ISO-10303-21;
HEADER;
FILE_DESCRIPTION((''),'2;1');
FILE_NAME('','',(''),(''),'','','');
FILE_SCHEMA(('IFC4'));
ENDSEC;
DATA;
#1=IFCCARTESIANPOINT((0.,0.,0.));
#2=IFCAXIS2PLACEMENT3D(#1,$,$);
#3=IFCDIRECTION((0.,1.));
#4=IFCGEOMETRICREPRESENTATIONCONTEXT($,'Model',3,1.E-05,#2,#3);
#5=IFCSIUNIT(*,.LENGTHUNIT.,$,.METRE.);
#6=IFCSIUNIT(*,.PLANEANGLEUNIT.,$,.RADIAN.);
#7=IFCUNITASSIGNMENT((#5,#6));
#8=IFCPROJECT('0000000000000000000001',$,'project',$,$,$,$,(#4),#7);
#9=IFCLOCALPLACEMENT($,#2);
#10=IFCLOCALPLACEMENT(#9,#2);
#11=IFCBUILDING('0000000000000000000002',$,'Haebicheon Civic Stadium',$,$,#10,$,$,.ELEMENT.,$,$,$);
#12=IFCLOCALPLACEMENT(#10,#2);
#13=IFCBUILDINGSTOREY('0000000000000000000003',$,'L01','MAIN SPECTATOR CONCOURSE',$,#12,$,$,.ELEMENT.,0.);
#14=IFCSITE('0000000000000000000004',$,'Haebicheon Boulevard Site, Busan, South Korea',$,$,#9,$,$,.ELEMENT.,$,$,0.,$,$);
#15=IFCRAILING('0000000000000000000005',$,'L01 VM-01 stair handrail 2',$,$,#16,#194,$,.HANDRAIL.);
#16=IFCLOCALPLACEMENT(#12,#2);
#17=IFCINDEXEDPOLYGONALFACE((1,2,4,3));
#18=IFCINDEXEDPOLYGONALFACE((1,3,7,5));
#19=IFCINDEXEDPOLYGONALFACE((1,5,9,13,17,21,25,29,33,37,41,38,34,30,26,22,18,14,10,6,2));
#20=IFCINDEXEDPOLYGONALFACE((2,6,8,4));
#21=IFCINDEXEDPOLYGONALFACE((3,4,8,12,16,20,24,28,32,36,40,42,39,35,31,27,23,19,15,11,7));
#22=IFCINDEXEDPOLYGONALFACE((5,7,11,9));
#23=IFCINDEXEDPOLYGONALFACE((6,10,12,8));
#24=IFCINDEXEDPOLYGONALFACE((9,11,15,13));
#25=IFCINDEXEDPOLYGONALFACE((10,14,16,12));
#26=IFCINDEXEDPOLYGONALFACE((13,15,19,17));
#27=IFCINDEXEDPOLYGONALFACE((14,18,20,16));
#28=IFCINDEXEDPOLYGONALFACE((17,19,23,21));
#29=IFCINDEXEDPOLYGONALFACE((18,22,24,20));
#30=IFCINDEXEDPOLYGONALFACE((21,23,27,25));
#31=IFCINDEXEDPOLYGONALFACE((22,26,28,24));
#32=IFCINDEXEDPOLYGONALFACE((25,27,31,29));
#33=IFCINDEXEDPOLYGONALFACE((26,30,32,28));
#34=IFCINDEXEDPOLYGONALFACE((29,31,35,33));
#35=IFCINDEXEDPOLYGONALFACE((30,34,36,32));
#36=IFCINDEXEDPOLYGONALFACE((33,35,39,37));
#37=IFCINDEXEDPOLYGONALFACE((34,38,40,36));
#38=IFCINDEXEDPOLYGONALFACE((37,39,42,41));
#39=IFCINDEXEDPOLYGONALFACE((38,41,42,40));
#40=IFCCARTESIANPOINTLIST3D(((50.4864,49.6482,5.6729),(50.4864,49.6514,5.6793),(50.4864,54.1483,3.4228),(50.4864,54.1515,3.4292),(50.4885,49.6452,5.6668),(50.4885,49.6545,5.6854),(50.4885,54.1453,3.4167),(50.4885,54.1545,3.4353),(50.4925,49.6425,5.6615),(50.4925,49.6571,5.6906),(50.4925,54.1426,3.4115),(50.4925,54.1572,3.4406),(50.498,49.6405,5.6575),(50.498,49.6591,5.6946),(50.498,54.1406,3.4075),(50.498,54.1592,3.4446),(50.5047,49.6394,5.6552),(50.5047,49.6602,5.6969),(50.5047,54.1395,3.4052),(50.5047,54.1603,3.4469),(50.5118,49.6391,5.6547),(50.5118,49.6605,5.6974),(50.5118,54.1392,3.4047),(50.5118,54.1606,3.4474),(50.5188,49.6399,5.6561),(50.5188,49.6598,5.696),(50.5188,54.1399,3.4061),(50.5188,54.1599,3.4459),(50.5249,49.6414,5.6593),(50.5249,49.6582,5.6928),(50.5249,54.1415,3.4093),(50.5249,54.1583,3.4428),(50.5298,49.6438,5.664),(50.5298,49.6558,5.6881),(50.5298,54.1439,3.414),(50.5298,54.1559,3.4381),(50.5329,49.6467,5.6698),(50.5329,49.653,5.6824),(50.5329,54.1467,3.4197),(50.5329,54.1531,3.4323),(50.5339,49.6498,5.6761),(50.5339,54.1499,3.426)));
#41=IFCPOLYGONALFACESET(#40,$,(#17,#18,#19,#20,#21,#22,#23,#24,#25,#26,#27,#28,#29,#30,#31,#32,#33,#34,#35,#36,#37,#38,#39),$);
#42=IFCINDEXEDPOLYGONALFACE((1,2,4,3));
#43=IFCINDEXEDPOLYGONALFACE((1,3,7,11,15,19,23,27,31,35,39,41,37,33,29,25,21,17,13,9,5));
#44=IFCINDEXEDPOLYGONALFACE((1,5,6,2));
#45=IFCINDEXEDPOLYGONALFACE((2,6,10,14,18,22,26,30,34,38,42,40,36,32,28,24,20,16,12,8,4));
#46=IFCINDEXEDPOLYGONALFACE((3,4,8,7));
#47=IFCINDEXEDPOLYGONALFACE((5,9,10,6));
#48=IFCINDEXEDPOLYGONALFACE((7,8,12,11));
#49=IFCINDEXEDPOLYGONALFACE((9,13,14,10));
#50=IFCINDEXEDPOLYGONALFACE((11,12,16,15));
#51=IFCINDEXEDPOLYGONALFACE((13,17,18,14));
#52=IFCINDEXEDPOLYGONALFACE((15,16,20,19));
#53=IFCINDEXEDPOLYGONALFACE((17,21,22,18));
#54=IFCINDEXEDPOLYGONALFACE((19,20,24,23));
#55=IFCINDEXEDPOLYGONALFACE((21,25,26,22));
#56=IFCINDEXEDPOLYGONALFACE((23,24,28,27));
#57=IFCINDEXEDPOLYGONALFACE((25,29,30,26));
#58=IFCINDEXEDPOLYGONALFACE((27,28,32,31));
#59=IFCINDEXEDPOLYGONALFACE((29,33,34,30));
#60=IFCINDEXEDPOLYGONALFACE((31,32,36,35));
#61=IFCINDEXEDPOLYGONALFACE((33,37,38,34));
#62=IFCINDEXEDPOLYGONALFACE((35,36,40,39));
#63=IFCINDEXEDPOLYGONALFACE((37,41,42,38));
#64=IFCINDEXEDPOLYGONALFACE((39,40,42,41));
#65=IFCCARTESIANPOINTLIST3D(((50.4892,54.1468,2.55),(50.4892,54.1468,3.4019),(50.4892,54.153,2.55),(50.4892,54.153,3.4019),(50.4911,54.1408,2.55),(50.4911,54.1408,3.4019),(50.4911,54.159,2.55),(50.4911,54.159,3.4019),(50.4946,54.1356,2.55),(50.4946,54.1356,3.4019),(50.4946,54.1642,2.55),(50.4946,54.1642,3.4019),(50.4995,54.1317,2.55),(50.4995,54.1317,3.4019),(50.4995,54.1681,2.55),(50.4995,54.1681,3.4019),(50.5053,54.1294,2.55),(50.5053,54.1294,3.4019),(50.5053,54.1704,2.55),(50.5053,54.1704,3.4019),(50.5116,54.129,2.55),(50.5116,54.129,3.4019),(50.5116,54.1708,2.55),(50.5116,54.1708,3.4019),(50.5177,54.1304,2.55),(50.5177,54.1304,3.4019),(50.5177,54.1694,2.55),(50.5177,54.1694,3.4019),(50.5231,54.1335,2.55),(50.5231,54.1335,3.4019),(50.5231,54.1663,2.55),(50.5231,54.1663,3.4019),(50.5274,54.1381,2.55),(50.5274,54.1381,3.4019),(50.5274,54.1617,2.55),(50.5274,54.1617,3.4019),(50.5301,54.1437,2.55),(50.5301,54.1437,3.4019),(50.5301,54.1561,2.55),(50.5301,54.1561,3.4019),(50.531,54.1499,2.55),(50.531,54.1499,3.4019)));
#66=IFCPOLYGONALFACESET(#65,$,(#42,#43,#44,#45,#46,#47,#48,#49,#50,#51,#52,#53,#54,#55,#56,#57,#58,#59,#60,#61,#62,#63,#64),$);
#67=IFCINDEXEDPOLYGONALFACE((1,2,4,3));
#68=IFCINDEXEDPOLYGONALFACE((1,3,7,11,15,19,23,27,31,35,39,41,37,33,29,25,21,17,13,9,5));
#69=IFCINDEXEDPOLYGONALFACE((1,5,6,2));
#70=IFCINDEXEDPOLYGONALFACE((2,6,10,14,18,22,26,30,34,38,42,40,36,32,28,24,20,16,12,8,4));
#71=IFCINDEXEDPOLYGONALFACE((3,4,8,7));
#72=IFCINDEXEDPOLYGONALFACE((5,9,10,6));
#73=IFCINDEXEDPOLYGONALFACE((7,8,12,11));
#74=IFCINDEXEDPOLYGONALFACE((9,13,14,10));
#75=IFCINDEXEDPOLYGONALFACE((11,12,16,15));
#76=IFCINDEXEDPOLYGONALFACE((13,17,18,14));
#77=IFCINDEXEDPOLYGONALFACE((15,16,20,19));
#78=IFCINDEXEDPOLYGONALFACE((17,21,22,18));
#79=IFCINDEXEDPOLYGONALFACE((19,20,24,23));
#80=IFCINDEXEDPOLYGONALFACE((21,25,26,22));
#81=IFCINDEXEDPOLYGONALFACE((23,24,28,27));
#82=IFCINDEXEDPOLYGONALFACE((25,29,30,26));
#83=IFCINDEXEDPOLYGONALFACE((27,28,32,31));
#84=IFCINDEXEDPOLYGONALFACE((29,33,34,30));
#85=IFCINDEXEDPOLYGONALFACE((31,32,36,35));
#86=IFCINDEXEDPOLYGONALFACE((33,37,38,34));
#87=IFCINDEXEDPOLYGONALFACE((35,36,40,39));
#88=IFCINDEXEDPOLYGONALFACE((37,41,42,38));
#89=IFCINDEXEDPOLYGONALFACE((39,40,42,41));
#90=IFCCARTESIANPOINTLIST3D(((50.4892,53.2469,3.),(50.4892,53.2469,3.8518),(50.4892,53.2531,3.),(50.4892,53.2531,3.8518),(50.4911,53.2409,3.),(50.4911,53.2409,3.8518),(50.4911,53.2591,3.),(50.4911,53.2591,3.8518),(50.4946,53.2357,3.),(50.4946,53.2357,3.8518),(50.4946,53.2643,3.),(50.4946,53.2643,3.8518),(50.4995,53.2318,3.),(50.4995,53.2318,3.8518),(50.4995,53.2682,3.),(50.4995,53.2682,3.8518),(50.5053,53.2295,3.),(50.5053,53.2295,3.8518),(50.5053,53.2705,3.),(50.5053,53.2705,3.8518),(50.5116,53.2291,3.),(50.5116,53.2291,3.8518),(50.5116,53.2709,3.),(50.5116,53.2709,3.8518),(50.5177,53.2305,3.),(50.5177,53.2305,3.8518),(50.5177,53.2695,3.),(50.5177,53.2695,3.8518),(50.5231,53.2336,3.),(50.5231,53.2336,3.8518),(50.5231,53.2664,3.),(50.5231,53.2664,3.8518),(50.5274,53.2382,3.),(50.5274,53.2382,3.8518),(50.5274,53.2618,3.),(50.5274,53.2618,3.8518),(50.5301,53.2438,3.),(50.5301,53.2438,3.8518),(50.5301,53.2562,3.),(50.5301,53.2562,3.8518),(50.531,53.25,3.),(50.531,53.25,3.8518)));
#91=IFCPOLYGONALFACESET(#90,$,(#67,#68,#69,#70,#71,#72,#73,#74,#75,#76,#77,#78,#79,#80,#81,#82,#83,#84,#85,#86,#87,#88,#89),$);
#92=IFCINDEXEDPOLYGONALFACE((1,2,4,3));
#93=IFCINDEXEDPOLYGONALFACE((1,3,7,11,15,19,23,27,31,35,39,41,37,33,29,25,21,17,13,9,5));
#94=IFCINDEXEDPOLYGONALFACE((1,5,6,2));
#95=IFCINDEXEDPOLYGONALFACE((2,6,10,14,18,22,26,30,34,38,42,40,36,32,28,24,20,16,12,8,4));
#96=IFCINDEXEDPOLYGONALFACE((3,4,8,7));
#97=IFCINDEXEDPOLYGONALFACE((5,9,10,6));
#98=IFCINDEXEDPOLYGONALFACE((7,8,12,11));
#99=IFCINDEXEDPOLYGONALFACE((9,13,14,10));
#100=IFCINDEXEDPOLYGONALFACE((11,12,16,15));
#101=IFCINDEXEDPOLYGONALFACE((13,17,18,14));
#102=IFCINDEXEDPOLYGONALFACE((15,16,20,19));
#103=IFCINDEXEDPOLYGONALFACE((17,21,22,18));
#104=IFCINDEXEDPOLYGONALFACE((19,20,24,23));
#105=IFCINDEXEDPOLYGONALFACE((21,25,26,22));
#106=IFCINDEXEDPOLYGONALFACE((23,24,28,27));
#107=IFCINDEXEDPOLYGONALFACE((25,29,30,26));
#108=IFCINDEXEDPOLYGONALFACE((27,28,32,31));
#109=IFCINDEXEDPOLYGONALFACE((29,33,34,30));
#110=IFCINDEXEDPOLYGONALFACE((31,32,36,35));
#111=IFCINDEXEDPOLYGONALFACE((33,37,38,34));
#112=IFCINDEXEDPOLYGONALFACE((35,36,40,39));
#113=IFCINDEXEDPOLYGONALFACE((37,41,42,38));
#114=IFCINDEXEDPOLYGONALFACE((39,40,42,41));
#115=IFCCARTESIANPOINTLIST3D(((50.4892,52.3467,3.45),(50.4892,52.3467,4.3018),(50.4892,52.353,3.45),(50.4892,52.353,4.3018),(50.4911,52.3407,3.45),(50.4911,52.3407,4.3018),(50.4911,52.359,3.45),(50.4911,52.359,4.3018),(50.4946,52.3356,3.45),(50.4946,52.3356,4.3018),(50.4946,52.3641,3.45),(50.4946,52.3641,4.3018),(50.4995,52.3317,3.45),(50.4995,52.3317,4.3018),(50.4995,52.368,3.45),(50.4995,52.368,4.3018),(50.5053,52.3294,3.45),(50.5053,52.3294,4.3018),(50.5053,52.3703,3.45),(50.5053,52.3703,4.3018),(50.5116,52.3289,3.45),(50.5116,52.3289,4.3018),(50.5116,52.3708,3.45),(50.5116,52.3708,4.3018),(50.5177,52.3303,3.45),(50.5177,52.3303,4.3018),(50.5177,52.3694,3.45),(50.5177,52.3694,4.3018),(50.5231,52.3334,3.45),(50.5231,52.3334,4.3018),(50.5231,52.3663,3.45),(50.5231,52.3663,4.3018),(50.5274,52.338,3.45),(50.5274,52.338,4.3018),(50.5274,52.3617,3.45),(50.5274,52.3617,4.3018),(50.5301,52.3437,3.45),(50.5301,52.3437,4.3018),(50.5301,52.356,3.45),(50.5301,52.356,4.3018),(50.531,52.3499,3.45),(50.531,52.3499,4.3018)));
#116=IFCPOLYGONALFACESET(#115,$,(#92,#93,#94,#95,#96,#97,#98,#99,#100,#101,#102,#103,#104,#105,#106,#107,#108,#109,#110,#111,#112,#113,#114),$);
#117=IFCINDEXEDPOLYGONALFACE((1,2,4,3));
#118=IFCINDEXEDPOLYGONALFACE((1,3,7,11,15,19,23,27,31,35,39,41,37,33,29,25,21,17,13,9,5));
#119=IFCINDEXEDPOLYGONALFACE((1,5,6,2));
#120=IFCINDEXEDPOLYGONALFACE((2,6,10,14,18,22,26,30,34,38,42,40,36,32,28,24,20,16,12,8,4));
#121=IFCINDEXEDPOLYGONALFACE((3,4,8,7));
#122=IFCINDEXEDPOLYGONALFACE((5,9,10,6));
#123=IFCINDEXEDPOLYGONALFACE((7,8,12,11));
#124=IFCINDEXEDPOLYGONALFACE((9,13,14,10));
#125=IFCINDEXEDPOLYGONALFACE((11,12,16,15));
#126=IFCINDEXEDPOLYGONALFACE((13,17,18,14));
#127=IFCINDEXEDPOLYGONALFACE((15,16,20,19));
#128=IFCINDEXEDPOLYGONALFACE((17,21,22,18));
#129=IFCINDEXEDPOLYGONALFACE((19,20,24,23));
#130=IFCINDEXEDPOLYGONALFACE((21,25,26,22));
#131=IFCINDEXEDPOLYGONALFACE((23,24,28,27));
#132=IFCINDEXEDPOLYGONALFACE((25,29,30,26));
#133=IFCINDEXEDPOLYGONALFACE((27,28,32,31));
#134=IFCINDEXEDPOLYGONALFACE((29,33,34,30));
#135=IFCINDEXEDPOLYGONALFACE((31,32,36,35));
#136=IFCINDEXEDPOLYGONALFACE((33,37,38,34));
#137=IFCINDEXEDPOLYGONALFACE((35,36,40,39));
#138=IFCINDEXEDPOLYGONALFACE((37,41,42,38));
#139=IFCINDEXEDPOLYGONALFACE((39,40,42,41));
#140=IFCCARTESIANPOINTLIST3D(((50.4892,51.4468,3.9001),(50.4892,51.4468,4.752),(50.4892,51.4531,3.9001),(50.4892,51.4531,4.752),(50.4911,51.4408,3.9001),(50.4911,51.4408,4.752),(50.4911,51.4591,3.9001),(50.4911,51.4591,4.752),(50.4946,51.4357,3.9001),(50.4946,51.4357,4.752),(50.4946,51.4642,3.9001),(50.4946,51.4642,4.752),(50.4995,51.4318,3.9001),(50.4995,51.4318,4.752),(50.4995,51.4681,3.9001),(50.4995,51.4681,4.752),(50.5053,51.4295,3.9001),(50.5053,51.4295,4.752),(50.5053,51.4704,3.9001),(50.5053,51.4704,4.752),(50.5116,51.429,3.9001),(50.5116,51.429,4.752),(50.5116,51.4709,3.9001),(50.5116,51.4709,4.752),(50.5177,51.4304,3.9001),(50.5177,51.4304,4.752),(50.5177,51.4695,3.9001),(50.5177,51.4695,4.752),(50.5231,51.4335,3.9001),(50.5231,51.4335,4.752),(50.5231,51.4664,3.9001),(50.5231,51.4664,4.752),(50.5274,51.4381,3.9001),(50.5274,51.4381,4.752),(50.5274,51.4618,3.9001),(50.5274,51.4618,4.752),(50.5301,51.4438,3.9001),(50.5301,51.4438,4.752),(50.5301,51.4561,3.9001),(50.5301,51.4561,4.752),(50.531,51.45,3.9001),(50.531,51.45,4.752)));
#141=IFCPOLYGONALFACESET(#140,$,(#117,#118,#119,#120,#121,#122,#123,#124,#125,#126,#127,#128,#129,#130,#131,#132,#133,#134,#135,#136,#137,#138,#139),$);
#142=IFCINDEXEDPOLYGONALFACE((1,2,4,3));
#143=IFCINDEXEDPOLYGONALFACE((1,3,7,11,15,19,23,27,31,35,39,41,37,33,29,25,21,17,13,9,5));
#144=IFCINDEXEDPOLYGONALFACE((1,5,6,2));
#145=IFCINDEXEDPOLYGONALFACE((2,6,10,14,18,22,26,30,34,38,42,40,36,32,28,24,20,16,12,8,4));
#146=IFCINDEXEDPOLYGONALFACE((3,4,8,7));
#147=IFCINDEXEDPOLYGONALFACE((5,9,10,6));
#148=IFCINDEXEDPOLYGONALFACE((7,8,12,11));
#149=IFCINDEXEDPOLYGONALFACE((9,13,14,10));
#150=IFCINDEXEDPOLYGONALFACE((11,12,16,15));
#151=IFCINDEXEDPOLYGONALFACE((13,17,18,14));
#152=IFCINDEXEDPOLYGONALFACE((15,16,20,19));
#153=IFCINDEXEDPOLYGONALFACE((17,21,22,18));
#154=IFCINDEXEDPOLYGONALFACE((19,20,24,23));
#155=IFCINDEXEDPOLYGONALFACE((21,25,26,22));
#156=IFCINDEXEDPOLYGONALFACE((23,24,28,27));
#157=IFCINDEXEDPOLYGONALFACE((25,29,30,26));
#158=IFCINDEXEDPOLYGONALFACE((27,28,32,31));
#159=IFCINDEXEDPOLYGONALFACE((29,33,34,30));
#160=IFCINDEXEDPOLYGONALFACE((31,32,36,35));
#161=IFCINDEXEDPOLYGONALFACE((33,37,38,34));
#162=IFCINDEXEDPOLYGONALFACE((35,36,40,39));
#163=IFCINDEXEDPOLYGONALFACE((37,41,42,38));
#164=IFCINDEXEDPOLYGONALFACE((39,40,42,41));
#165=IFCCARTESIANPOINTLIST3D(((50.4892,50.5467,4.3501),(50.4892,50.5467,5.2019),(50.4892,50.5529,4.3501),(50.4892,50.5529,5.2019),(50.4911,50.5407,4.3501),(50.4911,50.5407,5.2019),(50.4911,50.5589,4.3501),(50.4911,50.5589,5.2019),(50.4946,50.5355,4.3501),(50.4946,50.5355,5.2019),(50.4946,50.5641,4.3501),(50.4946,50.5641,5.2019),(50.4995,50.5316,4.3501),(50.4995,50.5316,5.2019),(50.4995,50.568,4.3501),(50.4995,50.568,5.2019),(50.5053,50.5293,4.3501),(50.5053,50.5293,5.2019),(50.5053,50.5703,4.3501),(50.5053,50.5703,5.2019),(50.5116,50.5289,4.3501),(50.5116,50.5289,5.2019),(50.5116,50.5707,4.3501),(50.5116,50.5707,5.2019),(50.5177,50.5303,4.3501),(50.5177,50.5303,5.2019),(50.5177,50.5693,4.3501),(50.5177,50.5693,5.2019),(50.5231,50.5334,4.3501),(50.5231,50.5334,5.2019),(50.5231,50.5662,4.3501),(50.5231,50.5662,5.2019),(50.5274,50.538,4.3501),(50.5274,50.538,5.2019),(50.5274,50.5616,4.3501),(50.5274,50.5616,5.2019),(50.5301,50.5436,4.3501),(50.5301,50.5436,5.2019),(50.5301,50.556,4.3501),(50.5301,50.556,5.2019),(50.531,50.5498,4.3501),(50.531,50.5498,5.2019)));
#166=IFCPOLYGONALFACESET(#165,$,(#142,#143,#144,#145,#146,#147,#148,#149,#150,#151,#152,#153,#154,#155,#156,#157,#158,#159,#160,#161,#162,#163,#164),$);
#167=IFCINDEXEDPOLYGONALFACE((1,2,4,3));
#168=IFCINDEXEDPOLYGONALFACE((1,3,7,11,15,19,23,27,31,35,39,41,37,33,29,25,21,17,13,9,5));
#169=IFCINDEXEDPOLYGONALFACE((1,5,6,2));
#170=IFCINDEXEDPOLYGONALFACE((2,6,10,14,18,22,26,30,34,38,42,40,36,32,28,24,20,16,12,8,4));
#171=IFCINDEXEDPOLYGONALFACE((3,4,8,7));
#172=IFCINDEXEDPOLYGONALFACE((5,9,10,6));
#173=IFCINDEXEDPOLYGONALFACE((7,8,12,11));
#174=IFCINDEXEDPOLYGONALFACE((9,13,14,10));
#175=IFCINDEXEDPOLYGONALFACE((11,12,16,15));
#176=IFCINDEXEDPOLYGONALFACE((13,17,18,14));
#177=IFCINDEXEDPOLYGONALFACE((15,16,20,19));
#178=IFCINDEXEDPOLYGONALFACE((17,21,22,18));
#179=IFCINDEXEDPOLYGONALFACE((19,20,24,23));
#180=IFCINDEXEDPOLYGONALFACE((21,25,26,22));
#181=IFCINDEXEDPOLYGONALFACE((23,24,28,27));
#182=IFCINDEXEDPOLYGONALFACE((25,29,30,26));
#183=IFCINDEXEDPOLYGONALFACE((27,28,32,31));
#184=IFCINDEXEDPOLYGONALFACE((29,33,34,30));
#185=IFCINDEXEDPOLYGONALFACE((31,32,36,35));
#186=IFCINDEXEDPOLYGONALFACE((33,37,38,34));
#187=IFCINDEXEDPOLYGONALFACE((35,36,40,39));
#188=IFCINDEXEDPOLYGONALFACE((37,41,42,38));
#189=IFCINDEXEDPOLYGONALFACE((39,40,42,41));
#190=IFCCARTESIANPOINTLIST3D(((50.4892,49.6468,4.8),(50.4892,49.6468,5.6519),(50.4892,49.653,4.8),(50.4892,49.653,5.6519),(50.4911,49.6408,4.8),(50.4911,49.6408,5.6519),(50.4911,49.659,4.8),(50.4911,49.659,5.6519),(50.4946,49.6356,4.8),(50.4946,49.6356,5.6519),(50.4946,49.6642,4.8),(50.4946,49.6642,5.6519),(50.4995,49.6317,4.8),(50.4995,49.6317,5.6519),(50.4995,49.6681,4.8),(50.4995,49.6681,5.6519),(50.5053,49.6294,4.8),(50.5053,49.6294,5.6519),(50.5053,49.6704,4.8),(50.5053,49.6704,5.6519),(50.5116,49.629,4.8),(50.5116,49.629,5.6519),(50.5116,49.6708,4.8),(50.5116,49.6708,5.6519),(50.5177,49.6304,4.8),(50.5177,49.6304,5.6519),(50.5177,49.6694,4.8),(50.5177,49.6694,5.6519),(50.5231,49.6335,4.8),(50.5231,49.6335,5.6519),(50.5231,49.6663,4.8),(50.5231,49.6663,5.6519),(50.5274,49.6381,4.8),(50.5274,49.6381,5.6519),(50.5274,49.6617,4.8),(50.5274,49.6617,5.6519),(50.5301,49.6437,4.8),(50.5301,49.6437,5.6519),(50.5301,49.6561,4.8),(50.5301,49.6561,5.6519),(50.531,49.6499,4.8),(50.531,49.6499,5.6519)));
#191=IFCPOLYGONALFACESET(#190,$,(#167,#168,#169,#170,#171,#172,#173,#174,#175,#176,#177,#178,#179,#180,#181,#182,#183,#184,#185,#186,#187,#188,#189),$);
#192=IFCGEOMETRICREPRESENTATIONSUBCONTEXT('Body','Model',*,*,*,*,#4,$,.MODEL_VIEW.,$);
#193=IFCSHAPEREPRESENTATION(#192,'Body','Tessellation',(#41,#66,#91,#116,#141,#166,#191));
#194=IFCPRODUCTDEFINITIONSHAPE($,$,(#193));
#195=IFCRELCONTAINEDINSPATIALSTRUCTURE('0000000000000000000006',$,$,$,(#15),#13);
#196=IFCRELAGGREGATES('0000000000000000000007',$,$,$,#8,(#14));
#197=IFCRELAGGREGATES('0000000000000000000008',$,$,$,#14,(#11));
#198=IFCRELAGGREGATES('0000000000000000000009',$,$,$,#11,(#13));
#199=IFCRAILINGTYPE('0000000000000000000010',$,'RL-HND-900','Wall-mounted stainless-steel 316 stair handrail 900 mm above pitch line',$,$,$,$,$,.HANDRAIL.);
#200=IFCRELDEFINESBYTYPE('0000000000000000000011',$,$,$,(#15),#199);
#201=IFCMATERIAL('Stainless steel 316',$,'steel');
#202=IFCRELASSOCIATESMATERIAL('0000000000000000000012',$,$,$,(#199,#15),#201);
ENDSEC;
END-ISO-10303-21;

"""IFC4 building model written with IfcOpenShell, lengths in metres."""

from ifc_helpers import new_model, si_unit, direction, frame, origin, origin_2d, place, context, subcontext, project, spatial, circle, extrude, material, type_object, element, save


model = new_model("IFC4")

# Units and contexts
model_context = context("Model", 3, precision=1e-05, world=origin(), true_north=direction((0.0, 1.0)))
body_context = subcontext(model_context, "Body", "Model", "MODEL_VIEW")
ifc_project = project(units=[si_unit("LENGTHUNIT", "METRE"), si_unit("PLANEANGLEUNIT", "RADIAN")], contexts=[model_context])

# Site, building, storey
site_placement = place(None, origin())
site = spatial("IfcSite", under=ifc_project, at=site_placement, Name="Haebicheon Boulevard Site, Busan, South Korea", CompositionType="ELEMENT", RefElevation=0.0)
building_placement = place(site_placement, origin())
building = spatial("IfcBuilding", under=site, at=building_placement, Name="Haebicheon Civic Stadium", CompositionType="ELEMENT")
storey_placement = place(building_placement, origin())
storey = spatial("IfcBuildingStorey", under=building, at=storey_placement, Name="L01", Description="MAIN SPECTATOR CONCOURSE", CompositionType="ELEMENT", Elevation=0.0)

# Railing
ifc_material_1 = material(Name="Stainless steel 316", Category="steel")
railing_type_1 = type_object("IfcRailingType", Name="RL-HND-900", Description="Wall-mounted stainless-steel 316 stair handrail 900 mm above pitch line", PredefinedType="HANDRAIL", material=ifc_material_1)
railing_1_placement = place(storey_placement, frame((50.51, 54.1499, 2.55)))
element("IfcRailing", 1, at=railing_1_placement, inside=storey, type_object=railing_type_1, material=ifc_material_1, Name="L01 VM-01 stair handrail 2", PredefinedType="HANDRAIL", context=body_context, shape_type="SweptSolid", body=[
    extrude(circle(Radius=0.0239, at=origin_2d()), frame((0.0, 0.0, 0.876), z_axis=(0.0, -0.894427, 0.447214), x_axis=(1.0, 0.0, 0.0)), (0.0, 0.0, 1.0), 5.0312),
    extrude(circle(Radius=0.021, at=origin_2d()), origin(), (0.0, 0.0, 1.0), 0.8518),
    extrude(circle(Radius=0.021, at=origin_2d()), frame((0.0, -0.8999, 0.45)), (0.0, 0.0, 1.0), 0.8518),
    extrude(circle(Radius=0.021, at=origin_2d()), frame((0.0, -1.8, 0.8999)), (0.0, 0.0, 1.0), 0.8518),
    extrude(circle(Radius=0.021, at=origin_2d()), frame((0.0, -2.7, 1.3501)), (0.0, 0.0, 1.0), 0.8518),
    extrude(circle(Radius=0.021, at=origin_2d()), frame((0.0, -3.6001, 1.8)), (0.0, 0.0, 1.0), 0.8518),
    extrude(circle(Radius=0.021, at=origin_2d()), frame((0.0, -4.5, 2.25)), (0.0, 0.0, 1.0), 0.8518),
])

save(model, "model.ifc")
